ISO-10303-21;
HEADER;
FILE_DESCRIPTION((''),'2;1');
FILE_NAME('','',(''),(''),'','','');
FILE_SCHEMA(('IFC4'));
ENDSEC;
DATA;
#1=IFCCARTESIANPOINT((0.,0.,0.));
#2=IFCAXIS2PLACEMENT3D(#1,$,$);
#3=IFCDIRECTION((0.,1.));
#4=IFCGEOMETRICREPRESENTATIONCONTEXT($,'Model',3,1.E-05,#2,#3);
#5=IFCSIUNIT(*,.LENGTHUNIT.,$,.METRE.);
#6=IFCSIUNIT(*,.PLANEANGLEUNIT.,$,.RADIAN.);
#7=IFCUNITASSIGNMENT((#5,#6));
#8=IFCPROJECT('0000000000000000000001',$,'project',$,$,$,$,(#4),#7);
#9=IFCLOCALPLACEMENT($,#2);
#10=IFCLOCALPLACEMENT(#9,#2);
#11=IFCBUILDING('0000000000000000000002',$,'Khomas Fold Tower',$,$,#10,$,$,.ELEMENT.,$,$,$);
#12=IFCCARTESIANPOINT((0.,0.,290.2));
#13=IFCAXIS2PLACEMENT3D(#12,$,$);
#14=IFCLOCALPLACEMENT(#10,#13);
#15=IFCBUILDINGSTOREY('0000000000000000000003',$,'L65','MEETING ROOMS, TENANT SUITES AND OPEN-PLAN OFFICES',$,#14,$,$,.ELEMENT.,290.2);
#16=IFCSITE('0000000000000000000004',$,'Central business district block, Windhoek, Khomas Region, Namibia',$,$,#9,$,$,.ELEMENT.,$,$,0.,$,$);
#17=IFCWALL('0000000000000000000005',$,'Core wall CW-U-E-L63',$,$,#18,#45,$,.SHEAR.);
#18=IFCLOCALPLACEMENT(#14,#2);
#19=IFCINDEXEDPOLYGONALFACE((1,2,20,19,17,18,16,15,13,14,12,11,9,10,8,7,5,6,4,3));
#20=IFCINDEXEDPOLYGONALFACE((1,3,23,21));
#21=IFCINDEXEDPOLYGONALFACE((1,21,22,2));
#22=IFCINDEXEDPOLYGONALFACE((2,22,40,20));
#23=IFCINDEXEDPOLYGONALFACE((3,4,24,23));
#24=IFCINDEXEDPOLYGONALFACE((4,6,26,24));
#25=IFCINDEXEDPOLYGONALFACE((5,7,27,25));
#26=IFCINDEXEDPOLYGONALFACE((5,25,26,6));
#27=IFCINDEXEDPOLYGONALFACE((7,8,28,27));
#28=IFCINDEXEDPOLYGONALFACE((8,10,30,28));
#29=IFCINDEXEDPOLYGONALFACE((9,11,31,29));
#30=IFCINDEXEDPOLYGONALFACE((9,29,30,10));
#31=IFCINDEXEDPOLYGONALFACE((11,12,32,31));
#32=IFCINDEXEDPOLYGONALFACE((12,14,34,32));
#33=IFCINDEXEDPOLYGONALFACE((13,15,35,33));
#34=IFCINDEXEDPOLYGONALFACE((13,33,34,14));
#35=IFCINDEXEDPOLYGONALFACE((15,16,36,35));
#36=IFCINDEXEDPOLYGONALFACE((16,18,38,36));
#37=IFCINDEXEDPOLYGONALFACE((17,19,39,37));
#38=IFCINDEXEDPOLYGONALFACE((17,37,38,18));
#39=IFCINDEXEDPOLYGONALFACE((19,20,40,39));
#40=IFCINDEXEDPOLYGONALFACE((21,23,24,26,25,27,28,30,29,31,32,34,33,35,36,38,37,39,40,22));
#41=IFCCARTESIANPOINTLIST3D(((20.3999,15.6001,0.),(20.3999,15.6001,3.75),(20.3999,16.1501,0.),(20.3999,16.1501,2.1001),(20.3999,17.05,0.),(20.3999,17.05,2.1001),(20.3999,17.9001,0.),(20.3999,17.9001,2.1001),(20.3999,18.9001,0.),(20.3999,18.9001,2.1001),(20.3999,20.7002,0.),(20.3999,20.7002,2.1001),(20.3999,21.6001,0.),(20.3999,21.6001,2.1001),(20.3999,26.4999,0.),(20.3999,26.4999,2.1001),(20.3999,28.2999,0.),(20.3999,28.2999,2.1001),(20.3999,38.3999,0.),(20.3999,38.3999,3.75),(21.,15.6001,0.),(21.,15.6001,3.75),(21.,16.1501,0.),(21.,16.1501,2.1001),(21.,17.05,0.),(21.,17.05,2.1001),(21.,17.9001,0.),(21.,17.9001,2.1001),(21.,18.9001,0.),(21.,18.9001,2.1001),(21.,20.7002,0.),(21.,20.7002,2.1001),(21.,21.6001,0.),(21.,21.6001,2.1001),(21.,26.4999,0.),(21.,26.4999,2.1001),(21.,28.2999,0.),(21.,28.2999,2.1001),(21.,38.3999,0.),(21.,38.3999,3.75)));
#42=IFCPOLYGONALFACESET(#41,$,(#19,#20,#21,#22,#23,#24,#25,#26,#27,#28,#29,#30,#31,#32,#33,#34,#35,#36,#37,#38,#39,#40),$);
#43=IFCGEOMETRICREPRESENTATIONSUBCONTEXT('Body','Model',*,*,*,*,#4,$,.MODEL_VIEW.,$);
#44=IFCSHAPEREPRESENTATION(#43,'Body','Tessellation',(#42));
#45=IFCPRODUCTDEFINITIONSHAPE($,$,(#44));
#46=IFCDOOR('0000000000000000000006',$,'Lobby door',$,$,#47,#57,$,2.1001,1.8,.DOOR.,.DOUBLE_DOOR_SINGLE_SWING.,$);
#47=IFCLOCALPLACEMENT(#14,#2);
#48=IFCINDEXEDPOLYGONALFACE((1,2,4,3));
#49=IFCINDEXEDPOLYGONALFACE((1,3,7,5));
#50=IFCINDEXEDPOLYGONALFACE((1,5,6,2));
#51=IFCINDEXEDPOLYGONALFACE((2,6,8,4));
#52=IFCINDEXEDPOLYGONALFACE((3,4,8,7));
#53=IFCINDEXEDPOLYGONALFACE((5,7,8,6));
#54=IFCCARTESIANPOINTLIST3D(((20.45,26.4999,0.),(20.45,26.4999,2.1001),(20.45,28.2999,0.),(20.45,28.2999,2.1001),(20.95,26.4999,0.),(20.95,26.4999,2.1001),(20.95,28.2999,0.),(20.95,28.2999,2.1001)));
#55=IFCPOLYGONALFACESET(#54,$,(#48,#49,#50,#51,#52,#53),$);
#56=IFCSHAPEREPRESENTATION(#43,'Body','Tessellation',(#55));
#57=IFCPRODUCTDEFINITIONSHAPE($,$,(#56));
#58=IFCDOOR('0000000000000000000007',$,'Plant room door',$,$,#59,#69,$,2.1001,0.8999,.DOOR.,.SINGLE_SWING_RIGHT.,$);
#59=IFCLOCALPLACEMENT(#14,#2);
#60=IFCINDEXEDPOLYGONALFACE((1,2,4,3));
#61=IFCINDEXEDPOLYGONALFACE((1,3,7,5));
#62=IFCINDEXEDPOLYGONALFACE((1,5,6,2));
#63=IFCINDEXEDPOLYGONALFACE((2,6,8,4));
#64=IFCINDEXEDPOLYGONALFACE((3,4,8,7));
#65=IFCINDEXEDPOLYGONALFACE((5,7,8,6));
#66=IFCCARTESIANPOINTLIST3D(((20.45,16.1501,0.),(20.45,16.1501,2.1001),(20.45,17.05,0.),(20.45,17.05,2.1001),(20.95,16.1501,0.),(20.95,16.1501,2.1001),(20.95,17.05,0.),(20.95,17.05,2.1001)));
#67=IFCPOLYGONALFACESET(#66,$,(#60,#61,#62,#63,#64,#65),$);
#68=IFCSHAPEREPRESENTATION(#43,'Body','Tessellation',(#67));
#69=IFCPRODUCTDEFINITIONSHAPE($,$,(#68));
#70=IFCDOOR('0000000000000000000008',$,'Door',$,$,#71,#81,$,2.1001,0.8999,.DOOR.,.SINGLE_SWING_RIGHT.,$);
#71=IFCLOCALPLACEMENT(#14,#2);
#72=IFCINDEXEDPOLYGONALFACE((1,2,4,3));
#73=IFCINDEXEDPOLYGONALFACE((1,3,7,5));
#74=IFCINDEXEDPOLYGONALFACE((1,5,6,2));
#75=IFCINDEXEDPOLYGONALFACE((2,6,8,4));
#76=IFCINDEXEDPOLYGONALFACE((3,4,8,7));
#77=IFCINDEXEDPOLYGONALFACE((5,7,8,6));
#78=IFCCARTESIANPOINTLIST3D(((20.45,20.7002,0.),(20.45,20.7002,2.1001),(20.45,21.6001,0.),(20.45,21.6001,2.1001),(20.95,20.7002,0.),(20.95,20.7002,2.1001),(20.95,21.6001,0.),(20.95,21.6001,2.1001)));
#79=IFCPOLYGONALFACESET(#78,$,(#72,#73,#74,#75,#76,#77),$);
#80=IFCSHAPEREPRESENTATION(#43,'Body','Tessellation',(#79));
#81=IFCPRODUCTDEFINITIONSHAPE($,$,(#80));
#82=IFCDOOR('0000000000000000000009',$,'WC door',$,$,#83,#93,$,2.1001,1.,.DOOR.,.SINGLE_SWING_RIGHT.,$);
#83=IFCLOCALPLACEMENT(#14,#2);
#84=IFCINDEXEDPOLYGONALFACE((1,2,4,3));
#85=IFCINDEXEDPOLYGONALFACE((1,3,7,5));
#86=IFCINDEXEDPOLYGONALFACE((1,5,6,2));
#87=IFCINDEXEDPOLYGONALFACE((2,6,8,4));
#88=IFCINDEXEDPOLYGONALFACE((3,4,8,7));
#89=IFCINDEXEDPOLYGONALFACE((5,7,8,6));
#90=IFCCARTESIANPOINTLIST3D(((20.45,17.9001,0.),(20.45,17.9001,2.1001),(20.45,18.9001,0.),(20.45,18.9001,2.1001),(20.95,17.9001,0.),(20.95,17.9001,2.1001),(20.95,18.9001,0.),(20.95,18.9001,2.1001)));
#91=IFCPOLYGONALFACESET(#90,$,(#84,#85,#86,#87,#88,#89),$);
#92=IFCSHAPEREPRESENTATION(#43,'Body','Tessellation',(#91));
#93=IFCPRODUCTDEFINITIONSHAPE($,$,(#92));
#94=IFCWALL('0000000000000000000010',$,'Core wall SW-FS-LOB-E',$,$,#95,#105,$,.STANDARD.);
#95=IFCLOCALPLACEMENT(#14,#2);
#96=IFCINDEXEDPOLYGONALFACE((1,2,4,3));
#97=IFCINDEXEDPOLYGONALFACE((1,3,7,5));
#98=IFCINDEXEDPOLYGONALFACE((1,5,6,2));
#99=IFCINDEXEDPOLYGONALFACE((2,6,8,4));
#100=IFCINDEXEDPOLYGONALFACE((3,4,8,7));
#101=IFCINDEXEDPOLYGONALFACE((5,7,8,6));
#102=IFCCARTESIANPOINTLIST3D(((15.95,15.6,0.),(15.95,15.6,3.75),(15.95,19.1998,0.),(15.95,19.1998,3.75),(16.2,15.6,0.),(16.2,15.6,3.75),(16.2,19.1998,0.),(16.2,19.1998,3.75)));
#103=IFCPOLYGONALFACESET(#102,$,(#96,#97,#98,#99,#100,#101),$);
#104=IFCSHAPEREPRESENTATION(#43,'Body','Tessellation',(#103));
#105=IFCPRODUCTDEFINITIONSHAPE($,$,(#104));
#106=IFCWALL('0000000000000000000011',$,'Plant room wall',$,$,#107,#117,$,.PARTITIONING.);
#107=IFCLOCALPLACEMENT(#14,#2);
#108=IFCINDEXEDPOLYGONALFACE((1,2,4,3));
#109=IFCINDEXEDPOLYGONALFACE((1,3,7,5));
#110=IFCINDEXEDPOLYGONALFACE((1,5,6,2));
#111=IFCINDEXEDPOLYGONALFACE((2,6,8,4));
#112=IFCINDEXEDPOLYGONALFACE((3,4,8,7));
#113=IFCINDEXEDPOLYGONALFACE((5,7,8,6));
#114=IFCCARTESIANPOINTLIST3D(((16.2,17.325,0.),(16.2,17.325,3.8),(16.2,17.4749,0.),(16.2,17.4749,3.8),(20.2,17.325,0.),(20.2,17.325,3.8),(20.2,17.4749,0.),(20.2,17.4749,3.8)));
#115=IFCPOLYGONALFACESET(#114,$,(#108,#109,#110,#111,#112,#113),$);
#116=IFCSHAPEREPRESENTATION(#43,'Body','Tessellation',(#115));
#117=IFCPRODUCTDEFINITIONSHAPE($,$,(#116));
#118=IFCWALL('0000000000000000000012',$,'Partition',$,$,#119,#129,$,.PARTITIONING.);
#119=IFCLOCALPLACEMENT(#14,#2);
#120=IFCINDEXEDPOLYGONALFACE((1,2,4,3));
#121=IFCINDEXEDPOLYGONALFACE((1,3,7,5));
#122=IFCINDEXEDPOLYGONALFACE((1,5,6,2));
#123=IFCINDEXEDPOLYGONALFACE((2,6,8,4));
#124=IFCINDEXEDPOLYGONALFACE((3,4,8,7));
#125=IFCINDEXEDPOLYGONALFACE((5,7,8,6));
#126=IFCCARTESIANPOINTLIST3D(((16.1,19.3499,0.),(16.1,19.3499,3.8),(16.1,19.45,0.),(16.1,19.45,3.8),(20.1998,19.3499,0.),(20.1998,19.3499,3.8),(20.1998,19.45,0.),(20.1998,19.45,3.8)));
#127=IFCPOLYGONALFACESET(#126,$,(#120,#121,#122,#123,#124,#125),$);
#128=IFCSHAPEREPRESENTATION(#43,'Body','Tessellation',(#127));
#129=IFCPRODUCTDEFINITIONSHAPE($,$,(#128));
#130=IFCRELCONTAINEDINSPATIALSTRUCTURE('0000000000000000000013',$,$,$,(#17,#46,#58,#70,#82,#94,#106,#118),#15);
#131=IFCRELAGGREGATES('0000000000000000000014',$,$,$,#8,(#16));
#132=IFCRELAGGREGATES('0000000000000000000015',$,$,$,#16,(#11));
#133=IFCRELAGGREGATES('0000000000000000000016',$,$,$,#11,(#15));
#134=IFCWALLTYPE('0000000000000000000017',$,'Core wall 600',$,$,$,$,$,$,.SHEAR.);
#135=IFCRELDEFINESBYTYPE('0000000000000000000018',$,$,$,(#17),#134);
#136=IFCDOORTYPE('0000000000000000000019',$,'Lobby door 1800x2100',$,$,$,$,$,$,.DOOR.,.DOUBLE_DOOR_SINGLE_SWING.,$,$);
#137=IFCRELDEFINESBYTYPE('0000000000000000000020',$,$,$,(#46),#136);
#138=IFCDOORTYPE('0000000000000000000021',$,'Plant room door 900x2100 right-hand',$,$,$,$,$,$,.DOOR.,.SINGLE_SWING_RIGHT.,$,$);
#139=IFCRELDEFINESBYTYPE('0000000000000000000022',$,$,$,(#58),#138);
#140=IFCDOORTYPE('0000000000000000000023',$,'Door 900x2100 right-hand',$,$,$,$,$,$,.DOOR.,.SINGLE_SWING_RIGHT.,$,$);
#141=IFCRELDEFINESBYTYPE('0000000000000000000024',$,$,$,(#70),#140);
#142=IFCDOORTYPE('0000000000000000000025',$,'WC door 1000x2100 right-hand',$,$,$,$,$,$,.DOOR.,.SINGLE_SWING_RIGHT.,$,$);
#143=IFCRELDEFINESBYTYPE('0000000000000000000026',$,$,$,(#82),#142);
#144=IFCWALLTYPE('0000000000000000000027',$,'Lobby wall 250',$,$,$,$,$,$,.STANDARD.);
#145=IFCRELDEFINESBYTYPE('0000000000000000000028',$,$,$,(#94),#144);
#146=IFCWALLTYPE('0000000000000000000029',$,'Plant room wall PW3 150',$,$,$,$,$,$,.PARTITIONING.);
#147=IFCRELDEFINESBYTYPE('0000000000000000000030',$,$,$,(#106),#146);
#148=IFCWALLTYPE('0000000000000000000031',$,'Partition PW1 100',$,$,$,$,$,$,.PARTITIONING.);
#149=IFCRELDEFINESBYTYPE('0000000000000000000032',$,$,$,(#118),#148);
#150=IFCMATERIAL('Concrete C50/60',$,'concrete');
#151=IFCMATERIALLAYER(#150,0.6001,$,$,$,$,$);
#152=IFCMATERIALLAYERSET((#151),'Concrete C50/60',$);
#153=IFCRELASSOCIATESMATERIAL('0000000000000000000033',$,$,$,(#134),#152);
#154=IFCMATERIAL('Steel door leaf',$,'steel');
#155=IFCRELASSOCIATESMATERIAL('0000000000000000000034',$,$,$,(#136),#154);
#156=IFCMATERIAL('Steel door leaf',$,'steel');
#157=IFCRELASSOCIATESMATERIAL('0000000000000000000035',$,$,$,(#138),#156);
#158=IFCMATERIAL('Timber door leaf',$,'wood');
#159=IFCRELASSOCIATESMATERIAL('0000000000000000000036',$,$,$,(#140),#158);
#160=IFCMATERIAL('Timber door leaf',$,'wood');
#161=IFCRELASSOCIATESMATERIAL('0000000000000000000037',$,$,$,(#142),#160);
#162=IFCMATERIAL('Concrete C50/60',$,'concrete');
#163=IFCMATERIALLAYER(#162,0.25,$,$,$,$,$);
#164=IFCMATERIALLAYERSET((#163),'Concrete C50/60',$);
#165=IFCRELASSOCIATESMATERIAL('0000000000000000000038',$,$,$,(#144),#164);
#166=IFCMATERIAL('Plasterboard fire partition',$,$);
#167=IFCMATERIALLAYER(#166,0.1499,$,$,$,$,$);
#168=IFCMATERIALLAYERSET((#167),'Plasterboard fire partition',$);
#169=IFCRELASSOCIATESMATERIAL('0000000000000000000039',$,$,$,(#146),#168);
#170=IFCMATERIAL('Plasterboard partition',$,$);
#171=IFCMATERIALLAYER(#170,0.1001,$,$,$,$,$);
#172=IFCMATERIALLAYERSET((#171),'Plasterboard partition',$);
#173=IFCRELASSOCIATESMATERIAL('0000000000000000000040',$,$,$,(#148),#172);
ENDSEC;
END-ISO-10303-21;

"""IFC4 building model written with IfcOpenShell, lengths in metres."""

from ifc_helpers import new_model, si_unit, direction, frame, frame_2d, origin, place, context, subcontext, project, spatial, rectangle, extrude, source, transform, mapped, material, layer, layer_set, type_object, element, fill, save


model = new_model("IFC4")

# Units and contexts
model_context = context("Model", 3, precision=1e-05, world=origin(), true_north=direction((0.0, 1.0)))
body_context = subcontext(model_context, "Body", "Model", "MODEL_VIEW")
ifc_project = project(units=[si_unit("LENGTHUNIT", "METRE"), si_unit("PLANEANGLEUNIT", "RADIAN")], contexts=[model_context])

# Site, building, storey
site_placement = place(None, origin())
site = spatial("IfcSite", under=ifc_project, at=site_placement, Name="Central business district block, Windhoek, Khomas Region, Namibia", CompositionType="ELEMENT", RefElevation=0.0)
building_placement = place(site_placement, origin())
building = spatial("IfcBuilding", under=site, at=building_placement, Name="Khomas Fold Tower", CompositionType="ELEMENT")
storey_placement = place(building_placement, frame((0.0, 0.0, 290.2)))
storey = spatial("IfcBuildingStorey", under=building, at=storey_placement, Name="L65", Description="MEETING ROOMS, TENANT SUITES AND OPEN-PLAN OFFICES", CompositionType="ELEMENT", Elevation=290.2)

# Wall, openings, doors
ifc_material_1 = material(Name="Concrete C50/60", Category="concrete")
ifc_layer_1 = layer(ifc_material_1, 0.6001)
ifc_layer_set_1 = layer_set([ifc_layer_1], Name="Concrete C50/60")
wall_type_1 = type_object("IfcWallType", Name="Core wall 600", PredefinedType="SHEAR", material=ifc_layer_set_1)
shared_shape_1 = source(origin(), body_context, "Body", "SweptSolid", [
    extrude(rectangle(XDim=22.7998, YDim=0.6001, at=frame_2d((11.3999, 0.0))), origin(), (0.0, 0.0, 1.0), 3.75),
])
wall_1_placement = place(storey_placement, frame((20.7, 15.6001, 0.0), z_axis=(0.0, 0.0, 1.0), x_axis=(0.0, 1.0, 0.0)))
wall_1 = element("IfcWall", 1, at=wall_1_placement, inside=storey, type_object=wall_type_1, Name="Core wall CW-U-E-L63", PredefinedType="SHEAR", context=body_context, shape_type="MappedRepresentation", body=[
    mapped(shared_shape_1, transform((0.0, 0.0, 0.0))),
])
shared_shape_2 = source(origin(), body_context, "Body", "SweptSolid", [
    extrude(rectangle(XDim=1.8, YDim=2.1001, at=frame_2d((0.8999, 1.05))), frame((0.0, 0.3101, 0.0), z_axis=(0.0, -1.0, 0.0), x_axis=(1.0, 0.0, 0.0)), (0.0, 0.0, 1.0), 0.6201),
])
opening_1_placement = place(wall_1_placement, frame((10.8999, 0.0, 0.0)))
opening_1 = element("IfcOpeningElement", 2, at=opening_1_placement, cuts=wall_1, PredefinedType="OPENING", context=body_context, shape_type="MappedRepresentation", body=[
    mapped(shared_shape_2, transform((0.0, 0.0, 0.0))),
])
shared_shape_3 = source(origin(), body_context, "Body", "SweptSolid", [
    extrude(rectangle(XDim=0.8999, YDim=2.1001, at=frame_2d((0.45, 1.05))), frame((0.0, 0.3101, 0.0), z_axis=(0.0, -1.0, 0.0), x_axis=(1.0, 0.0, 0.0)), (0.0, 0.0, 1.0), 0.6201),
])
opening_2_placement = place(wall_1_placement, frame((0.55, 0.0, 0.0)))
opening_2 = element("IfcOpeningElement", 3, at=opening_2_placement, cuts=wall_1, PredefinedType="OPENING", context=body_context, shape_type="MappedRepresentation", body=[
    mapped(shared_shape_3, transform((0.0, 0.0, 0.0))),
])
shared_shape_4 = source(origin(), body_context, "Body", "SweptSolid", [
    extrude(rectangle(XDim=1.0, YDim=2.1001, at=frame_2d((0.5, 1.05))), frame((0.0, 0.3101, 0.0), z_axis=(0.0, -1.0, 0.0), x_axis=(1.0, 0.0, 0.0)), (0.0, 0.0, 1.0), 0.6201),
])
opening_3_placement = place(wall_1_placement, frame((2.3, 0.0, 0.0)))
opening_3 = element("IfcOpeningElement", 4, at=opening_3_placement, cuts=wall_1, PredefinedType="OPENING", context=body_context, shape_type="MappedRepresentation", body=[
    mapped(shared_shape_4, transform((0.0, 0.0, 0.0))),
])
opening_4_placement = place(wall_1_placement, frame((5.1001, 0.0, 0.0)))
opening_4 = element("IfcOpeningElement", 5, at=opening_4_placement, cuts=wall_1, PredefinedType="OPENING", context=body_context, shape_type="MappedRepresentation", body=[
    mapped(shared_shape_3, transform((0.0, 0.0, 0.0))),
])
ifc_material_2 = material(Name="Steel door leaf", Category="steel")
door_type_1 = type_object("IfcDoorType", Name="Lobby door 1800x2100", OperationType="DOUBLE_DOOR_SINGLE_SWING", PredefinedType="DOOR", material=ifc_material_2)
shared_shape_5 = source(origin(), body_context, "Body", "SweptSolid", [
    extrude(rectangle(XDim=1.8, YDim=2.1001, at=frame_2d((0.8999, 1.05))), frame((0.0, 0.25, 0.0), z_axis=(0.0, -1.0, 0.0), x_axis=(1.0, 0.0, 0.0)), (0.0, 0.0, 1.0), 0.5),
])
door_1_placement = place(opening_1_placement, origin())
door_1 = element("IfcDoor", 6, at=door_1_placement, inside=storey, type_object=door_type_1, Name="Lobby door", OperationType="DOUBLE_DOOR_SINGLE_SWING", OverallHeight=2.1001, OverallWidth=1.8, PredefinedType="DOOR", context=body_context, shape_type="MappedRepresentation", body=[
    mapped(shared_shape_5, transform((0.0, 0.0, 0.0))),
])
fill(opening_1, door_1)
ifc_material_3 = material(Name="Steel door leaf", Category="steel")
door_type_2 = type_object("IfcDoorType", Name="Plant room door 900x2100 right-hand", OperationType="SINGLE_SWING_RIGHT", PredefinedType="DOOR", material=ifc_material_3)
shared_shape_6 = source(origin(), body_context, "Body", "SweptSolid", [
    extrude(rectangle(XDim=0.8999, YDim=2.1001, at=frame_2d((0.45, 1.05))), frame((0.0, 0.25, 0.0), z_axis=(0.0, -1.0, 0.0), x_axis=(1.0, 0.0, 0.0)), (0.0, 0.0, 1.0), 0.5),
])
door_2_placement = place(opening_2_placement, origin())
door_2 = element("IfcDoor", 7, at=door_2_placement, inside=storey, type_object=door_type_2, Name="Plant room door", OperationType="SINGLE_SWING_RIGHT", OverallHeight=2.1001, OverallWidth=0.8999, PredefinedType="DOOR", context=body_context, shape_type="MappedRepresentation", body=[
    mapped(shared_shape_6, transform((0.0, 0.0, 0.0))),
])
fill(opening_2, door_2)
ifc_material_4 = material(Name="Timber door leaf", Category="wood")
door_type_3 = type_object("IfcDoorType", Name="Door 900x2100 right-hand", OperationType="SINGLE_SWING_RIGHT", PredefinedType="DOOR", material=ifc_material_4)
door_3_placement = place(opening_4_placement, origin())
door_3 = element("IfcDoor", 8, at=door_3_placement, inside=storey, type_object=door_type_3, Name="Door", OperationType="SINGLE_SWING_RIGHT", OverallHeight=2.1001, OverallWidth=0.8999, PredefinedType="DOOR", context=body_context, shape_type="MappedRepresentation", body=[
    mapped(shared_shape_6, transform((0.0, 0.0, 0.0))),
])
fill(opening_4, door_3)
ifc_material_5 = material(Name="Timber door leaf", Category="wood")
door_type_4 = type_object("IfcDoorType", Name="WC door 1000x2100 right-hand", OperationType="SINGLE_SWING_RIGHT", PredefinedType="DOOR", material=ifc_material_5)
shared_shape_7 = source(origin(), body_context, "Body", "SweptSolid", [
    extrude(rectangle(XDim=1.0, YDim=2.1001, at=frame_2d((0.5, 1.05))), frame((0.0, 0.25, 0.0), z_axis=(0.0, -1.0, 0.0), x_axis=(1.0, 0.0, 0.0)), (0.0, 0.0, 1.0), 0.5),
])
door_4_placement = place(opening_3_placement, origin())
door_4 = element("IfcDoor", 9, at=door_4_placement, inside=storey, type_object=door_type_4, Name="WC door", OperationType="SINGLE_SWING_RIGHT", OverallHeight=2.1001, OverallWidth=1.0, PredefinedType="DOOR", context=body_context, shape_type="MappedRepresentation", body=[
    mapped(shared_shape_7, transform((0.0, 0.0, 0.0))),
])
fill(opening_3, door_4)

# Walls
ifc_material_6 = material(Name="Concrete C50/60", Category="concrete")
ifc_layer_2 = layer(ifc_material_6, 0.25)
ifc_layer_set_2 = layer_set([ifc_layer_2], Name="Concrete C50/60")
wall_type_2 = type_object("IfcWallType", Name="Lobby wall 250", PredefinedType="STANDARD", material=ifc_layer_set_2)
shared_shape_8 = source(origin(), body_context, "Body", "SweptSolid", [
    extrude(rectangle(XDim=3.5999, YDim=0.25, at=frame_2d((1.7998, 0.0))), origin(), (0.0, 0.0, 1.0), 3.75),
])
wall_2_placement = place(storey_placement, frame((16.075, 15.6001, 0.0), z_axis=(0.0, 0.0, 1.0), x_axis=(0.0, 1.0, 0.0)))
element("IfcWall", 10, at=wall_2_placement, inside=storey, type_object=wall_type_2, Name="Core wall SW-FS-LOB-E", PredefinedType="STANDARD", context=body_context, shape_type="MappedRepresentation", body=[
    mapped(shared_shape_8, transform((0.0, 0.0, 0.0))),
])
ifc_material_7 = material(Name="Plasterboard fire partition")
ifc_layer_3 = layer(ifc_material_7, 0.1499)
ifc_layer_set_3 = layer_set([ifc_layer_3], Name="Plasterboard fire partition")
wall_type_3 = type_object("IfcWallType", Name="Plant room wall PW3 150", PredefinedType="PARTITIONING", material=ifc_layer_set_3)
shared_shape_9 = source(origin(), body_context, "Body", "SweptSolid", [
    extrude(rectangle(XDim=4.0, YDim=0.1499, at=frame_2d((2.0, 0.0))), origin(), (0.0, 0.0, 1.0), 3.8),
])
wall_3_placement = place(storey_placement, frame((16.2, 17.3999, 0.0), z_axis=(0.0, 0.0, 1.0), x_axis=(1.0, 0.0, 0.0)))
element("IfcWall", 11, at=wall_3_placement, inside=storey, type_object=wall_type_3, Name="Plant room wall", PredefinedType="PARTITIONING", context=body_context, shape_type="MappedRepresentation", body=[
    mapped(shared_shape_9, transform((0.0, 0.0, 0.0))),
])
ifc_material_8 = material(Name="Plasterboard partition")
ifc_layer_4 = layer(ifc_material_8, 0.1001)
ifc_layer_set_4 = layer_set([ifc_layer_4], Name="Plasterboard partition")
wall_type_4 = type_object("IfcWallType", Name="Partition PW1 100", PredefinedType="PARTITIONING", material=ifc_layer_set_4)
shared_shape_10 = source(origin(), body_context, "Body", "SweptSolid", [
    extrude(rectangle(XDim=4.0999, YDim=0.1001, at=frame_2d((2.0498, 0.0))), origin(), (0.0, 0.0, 1.0), 3.8),
])
wall_4_placement = place(storey_placement, frame((16.1001, 19.3999, 0.0), z_axis=(0.0, 0.0, 1.0), x_axis=(1.0, 0.0, 0.0)))
element("IfcWall", 12, at=wall_4_placement, inside=storey, type_object=wall_type_4, Name="Partition", PredefinedType="PARTITIONING", context=body_context, shape_type="MappedRepresentation", body=[
    mapped(shared_shape_10, transform((0.0, 0.0, 0.0))),
])

save(model, "model.ifc")
